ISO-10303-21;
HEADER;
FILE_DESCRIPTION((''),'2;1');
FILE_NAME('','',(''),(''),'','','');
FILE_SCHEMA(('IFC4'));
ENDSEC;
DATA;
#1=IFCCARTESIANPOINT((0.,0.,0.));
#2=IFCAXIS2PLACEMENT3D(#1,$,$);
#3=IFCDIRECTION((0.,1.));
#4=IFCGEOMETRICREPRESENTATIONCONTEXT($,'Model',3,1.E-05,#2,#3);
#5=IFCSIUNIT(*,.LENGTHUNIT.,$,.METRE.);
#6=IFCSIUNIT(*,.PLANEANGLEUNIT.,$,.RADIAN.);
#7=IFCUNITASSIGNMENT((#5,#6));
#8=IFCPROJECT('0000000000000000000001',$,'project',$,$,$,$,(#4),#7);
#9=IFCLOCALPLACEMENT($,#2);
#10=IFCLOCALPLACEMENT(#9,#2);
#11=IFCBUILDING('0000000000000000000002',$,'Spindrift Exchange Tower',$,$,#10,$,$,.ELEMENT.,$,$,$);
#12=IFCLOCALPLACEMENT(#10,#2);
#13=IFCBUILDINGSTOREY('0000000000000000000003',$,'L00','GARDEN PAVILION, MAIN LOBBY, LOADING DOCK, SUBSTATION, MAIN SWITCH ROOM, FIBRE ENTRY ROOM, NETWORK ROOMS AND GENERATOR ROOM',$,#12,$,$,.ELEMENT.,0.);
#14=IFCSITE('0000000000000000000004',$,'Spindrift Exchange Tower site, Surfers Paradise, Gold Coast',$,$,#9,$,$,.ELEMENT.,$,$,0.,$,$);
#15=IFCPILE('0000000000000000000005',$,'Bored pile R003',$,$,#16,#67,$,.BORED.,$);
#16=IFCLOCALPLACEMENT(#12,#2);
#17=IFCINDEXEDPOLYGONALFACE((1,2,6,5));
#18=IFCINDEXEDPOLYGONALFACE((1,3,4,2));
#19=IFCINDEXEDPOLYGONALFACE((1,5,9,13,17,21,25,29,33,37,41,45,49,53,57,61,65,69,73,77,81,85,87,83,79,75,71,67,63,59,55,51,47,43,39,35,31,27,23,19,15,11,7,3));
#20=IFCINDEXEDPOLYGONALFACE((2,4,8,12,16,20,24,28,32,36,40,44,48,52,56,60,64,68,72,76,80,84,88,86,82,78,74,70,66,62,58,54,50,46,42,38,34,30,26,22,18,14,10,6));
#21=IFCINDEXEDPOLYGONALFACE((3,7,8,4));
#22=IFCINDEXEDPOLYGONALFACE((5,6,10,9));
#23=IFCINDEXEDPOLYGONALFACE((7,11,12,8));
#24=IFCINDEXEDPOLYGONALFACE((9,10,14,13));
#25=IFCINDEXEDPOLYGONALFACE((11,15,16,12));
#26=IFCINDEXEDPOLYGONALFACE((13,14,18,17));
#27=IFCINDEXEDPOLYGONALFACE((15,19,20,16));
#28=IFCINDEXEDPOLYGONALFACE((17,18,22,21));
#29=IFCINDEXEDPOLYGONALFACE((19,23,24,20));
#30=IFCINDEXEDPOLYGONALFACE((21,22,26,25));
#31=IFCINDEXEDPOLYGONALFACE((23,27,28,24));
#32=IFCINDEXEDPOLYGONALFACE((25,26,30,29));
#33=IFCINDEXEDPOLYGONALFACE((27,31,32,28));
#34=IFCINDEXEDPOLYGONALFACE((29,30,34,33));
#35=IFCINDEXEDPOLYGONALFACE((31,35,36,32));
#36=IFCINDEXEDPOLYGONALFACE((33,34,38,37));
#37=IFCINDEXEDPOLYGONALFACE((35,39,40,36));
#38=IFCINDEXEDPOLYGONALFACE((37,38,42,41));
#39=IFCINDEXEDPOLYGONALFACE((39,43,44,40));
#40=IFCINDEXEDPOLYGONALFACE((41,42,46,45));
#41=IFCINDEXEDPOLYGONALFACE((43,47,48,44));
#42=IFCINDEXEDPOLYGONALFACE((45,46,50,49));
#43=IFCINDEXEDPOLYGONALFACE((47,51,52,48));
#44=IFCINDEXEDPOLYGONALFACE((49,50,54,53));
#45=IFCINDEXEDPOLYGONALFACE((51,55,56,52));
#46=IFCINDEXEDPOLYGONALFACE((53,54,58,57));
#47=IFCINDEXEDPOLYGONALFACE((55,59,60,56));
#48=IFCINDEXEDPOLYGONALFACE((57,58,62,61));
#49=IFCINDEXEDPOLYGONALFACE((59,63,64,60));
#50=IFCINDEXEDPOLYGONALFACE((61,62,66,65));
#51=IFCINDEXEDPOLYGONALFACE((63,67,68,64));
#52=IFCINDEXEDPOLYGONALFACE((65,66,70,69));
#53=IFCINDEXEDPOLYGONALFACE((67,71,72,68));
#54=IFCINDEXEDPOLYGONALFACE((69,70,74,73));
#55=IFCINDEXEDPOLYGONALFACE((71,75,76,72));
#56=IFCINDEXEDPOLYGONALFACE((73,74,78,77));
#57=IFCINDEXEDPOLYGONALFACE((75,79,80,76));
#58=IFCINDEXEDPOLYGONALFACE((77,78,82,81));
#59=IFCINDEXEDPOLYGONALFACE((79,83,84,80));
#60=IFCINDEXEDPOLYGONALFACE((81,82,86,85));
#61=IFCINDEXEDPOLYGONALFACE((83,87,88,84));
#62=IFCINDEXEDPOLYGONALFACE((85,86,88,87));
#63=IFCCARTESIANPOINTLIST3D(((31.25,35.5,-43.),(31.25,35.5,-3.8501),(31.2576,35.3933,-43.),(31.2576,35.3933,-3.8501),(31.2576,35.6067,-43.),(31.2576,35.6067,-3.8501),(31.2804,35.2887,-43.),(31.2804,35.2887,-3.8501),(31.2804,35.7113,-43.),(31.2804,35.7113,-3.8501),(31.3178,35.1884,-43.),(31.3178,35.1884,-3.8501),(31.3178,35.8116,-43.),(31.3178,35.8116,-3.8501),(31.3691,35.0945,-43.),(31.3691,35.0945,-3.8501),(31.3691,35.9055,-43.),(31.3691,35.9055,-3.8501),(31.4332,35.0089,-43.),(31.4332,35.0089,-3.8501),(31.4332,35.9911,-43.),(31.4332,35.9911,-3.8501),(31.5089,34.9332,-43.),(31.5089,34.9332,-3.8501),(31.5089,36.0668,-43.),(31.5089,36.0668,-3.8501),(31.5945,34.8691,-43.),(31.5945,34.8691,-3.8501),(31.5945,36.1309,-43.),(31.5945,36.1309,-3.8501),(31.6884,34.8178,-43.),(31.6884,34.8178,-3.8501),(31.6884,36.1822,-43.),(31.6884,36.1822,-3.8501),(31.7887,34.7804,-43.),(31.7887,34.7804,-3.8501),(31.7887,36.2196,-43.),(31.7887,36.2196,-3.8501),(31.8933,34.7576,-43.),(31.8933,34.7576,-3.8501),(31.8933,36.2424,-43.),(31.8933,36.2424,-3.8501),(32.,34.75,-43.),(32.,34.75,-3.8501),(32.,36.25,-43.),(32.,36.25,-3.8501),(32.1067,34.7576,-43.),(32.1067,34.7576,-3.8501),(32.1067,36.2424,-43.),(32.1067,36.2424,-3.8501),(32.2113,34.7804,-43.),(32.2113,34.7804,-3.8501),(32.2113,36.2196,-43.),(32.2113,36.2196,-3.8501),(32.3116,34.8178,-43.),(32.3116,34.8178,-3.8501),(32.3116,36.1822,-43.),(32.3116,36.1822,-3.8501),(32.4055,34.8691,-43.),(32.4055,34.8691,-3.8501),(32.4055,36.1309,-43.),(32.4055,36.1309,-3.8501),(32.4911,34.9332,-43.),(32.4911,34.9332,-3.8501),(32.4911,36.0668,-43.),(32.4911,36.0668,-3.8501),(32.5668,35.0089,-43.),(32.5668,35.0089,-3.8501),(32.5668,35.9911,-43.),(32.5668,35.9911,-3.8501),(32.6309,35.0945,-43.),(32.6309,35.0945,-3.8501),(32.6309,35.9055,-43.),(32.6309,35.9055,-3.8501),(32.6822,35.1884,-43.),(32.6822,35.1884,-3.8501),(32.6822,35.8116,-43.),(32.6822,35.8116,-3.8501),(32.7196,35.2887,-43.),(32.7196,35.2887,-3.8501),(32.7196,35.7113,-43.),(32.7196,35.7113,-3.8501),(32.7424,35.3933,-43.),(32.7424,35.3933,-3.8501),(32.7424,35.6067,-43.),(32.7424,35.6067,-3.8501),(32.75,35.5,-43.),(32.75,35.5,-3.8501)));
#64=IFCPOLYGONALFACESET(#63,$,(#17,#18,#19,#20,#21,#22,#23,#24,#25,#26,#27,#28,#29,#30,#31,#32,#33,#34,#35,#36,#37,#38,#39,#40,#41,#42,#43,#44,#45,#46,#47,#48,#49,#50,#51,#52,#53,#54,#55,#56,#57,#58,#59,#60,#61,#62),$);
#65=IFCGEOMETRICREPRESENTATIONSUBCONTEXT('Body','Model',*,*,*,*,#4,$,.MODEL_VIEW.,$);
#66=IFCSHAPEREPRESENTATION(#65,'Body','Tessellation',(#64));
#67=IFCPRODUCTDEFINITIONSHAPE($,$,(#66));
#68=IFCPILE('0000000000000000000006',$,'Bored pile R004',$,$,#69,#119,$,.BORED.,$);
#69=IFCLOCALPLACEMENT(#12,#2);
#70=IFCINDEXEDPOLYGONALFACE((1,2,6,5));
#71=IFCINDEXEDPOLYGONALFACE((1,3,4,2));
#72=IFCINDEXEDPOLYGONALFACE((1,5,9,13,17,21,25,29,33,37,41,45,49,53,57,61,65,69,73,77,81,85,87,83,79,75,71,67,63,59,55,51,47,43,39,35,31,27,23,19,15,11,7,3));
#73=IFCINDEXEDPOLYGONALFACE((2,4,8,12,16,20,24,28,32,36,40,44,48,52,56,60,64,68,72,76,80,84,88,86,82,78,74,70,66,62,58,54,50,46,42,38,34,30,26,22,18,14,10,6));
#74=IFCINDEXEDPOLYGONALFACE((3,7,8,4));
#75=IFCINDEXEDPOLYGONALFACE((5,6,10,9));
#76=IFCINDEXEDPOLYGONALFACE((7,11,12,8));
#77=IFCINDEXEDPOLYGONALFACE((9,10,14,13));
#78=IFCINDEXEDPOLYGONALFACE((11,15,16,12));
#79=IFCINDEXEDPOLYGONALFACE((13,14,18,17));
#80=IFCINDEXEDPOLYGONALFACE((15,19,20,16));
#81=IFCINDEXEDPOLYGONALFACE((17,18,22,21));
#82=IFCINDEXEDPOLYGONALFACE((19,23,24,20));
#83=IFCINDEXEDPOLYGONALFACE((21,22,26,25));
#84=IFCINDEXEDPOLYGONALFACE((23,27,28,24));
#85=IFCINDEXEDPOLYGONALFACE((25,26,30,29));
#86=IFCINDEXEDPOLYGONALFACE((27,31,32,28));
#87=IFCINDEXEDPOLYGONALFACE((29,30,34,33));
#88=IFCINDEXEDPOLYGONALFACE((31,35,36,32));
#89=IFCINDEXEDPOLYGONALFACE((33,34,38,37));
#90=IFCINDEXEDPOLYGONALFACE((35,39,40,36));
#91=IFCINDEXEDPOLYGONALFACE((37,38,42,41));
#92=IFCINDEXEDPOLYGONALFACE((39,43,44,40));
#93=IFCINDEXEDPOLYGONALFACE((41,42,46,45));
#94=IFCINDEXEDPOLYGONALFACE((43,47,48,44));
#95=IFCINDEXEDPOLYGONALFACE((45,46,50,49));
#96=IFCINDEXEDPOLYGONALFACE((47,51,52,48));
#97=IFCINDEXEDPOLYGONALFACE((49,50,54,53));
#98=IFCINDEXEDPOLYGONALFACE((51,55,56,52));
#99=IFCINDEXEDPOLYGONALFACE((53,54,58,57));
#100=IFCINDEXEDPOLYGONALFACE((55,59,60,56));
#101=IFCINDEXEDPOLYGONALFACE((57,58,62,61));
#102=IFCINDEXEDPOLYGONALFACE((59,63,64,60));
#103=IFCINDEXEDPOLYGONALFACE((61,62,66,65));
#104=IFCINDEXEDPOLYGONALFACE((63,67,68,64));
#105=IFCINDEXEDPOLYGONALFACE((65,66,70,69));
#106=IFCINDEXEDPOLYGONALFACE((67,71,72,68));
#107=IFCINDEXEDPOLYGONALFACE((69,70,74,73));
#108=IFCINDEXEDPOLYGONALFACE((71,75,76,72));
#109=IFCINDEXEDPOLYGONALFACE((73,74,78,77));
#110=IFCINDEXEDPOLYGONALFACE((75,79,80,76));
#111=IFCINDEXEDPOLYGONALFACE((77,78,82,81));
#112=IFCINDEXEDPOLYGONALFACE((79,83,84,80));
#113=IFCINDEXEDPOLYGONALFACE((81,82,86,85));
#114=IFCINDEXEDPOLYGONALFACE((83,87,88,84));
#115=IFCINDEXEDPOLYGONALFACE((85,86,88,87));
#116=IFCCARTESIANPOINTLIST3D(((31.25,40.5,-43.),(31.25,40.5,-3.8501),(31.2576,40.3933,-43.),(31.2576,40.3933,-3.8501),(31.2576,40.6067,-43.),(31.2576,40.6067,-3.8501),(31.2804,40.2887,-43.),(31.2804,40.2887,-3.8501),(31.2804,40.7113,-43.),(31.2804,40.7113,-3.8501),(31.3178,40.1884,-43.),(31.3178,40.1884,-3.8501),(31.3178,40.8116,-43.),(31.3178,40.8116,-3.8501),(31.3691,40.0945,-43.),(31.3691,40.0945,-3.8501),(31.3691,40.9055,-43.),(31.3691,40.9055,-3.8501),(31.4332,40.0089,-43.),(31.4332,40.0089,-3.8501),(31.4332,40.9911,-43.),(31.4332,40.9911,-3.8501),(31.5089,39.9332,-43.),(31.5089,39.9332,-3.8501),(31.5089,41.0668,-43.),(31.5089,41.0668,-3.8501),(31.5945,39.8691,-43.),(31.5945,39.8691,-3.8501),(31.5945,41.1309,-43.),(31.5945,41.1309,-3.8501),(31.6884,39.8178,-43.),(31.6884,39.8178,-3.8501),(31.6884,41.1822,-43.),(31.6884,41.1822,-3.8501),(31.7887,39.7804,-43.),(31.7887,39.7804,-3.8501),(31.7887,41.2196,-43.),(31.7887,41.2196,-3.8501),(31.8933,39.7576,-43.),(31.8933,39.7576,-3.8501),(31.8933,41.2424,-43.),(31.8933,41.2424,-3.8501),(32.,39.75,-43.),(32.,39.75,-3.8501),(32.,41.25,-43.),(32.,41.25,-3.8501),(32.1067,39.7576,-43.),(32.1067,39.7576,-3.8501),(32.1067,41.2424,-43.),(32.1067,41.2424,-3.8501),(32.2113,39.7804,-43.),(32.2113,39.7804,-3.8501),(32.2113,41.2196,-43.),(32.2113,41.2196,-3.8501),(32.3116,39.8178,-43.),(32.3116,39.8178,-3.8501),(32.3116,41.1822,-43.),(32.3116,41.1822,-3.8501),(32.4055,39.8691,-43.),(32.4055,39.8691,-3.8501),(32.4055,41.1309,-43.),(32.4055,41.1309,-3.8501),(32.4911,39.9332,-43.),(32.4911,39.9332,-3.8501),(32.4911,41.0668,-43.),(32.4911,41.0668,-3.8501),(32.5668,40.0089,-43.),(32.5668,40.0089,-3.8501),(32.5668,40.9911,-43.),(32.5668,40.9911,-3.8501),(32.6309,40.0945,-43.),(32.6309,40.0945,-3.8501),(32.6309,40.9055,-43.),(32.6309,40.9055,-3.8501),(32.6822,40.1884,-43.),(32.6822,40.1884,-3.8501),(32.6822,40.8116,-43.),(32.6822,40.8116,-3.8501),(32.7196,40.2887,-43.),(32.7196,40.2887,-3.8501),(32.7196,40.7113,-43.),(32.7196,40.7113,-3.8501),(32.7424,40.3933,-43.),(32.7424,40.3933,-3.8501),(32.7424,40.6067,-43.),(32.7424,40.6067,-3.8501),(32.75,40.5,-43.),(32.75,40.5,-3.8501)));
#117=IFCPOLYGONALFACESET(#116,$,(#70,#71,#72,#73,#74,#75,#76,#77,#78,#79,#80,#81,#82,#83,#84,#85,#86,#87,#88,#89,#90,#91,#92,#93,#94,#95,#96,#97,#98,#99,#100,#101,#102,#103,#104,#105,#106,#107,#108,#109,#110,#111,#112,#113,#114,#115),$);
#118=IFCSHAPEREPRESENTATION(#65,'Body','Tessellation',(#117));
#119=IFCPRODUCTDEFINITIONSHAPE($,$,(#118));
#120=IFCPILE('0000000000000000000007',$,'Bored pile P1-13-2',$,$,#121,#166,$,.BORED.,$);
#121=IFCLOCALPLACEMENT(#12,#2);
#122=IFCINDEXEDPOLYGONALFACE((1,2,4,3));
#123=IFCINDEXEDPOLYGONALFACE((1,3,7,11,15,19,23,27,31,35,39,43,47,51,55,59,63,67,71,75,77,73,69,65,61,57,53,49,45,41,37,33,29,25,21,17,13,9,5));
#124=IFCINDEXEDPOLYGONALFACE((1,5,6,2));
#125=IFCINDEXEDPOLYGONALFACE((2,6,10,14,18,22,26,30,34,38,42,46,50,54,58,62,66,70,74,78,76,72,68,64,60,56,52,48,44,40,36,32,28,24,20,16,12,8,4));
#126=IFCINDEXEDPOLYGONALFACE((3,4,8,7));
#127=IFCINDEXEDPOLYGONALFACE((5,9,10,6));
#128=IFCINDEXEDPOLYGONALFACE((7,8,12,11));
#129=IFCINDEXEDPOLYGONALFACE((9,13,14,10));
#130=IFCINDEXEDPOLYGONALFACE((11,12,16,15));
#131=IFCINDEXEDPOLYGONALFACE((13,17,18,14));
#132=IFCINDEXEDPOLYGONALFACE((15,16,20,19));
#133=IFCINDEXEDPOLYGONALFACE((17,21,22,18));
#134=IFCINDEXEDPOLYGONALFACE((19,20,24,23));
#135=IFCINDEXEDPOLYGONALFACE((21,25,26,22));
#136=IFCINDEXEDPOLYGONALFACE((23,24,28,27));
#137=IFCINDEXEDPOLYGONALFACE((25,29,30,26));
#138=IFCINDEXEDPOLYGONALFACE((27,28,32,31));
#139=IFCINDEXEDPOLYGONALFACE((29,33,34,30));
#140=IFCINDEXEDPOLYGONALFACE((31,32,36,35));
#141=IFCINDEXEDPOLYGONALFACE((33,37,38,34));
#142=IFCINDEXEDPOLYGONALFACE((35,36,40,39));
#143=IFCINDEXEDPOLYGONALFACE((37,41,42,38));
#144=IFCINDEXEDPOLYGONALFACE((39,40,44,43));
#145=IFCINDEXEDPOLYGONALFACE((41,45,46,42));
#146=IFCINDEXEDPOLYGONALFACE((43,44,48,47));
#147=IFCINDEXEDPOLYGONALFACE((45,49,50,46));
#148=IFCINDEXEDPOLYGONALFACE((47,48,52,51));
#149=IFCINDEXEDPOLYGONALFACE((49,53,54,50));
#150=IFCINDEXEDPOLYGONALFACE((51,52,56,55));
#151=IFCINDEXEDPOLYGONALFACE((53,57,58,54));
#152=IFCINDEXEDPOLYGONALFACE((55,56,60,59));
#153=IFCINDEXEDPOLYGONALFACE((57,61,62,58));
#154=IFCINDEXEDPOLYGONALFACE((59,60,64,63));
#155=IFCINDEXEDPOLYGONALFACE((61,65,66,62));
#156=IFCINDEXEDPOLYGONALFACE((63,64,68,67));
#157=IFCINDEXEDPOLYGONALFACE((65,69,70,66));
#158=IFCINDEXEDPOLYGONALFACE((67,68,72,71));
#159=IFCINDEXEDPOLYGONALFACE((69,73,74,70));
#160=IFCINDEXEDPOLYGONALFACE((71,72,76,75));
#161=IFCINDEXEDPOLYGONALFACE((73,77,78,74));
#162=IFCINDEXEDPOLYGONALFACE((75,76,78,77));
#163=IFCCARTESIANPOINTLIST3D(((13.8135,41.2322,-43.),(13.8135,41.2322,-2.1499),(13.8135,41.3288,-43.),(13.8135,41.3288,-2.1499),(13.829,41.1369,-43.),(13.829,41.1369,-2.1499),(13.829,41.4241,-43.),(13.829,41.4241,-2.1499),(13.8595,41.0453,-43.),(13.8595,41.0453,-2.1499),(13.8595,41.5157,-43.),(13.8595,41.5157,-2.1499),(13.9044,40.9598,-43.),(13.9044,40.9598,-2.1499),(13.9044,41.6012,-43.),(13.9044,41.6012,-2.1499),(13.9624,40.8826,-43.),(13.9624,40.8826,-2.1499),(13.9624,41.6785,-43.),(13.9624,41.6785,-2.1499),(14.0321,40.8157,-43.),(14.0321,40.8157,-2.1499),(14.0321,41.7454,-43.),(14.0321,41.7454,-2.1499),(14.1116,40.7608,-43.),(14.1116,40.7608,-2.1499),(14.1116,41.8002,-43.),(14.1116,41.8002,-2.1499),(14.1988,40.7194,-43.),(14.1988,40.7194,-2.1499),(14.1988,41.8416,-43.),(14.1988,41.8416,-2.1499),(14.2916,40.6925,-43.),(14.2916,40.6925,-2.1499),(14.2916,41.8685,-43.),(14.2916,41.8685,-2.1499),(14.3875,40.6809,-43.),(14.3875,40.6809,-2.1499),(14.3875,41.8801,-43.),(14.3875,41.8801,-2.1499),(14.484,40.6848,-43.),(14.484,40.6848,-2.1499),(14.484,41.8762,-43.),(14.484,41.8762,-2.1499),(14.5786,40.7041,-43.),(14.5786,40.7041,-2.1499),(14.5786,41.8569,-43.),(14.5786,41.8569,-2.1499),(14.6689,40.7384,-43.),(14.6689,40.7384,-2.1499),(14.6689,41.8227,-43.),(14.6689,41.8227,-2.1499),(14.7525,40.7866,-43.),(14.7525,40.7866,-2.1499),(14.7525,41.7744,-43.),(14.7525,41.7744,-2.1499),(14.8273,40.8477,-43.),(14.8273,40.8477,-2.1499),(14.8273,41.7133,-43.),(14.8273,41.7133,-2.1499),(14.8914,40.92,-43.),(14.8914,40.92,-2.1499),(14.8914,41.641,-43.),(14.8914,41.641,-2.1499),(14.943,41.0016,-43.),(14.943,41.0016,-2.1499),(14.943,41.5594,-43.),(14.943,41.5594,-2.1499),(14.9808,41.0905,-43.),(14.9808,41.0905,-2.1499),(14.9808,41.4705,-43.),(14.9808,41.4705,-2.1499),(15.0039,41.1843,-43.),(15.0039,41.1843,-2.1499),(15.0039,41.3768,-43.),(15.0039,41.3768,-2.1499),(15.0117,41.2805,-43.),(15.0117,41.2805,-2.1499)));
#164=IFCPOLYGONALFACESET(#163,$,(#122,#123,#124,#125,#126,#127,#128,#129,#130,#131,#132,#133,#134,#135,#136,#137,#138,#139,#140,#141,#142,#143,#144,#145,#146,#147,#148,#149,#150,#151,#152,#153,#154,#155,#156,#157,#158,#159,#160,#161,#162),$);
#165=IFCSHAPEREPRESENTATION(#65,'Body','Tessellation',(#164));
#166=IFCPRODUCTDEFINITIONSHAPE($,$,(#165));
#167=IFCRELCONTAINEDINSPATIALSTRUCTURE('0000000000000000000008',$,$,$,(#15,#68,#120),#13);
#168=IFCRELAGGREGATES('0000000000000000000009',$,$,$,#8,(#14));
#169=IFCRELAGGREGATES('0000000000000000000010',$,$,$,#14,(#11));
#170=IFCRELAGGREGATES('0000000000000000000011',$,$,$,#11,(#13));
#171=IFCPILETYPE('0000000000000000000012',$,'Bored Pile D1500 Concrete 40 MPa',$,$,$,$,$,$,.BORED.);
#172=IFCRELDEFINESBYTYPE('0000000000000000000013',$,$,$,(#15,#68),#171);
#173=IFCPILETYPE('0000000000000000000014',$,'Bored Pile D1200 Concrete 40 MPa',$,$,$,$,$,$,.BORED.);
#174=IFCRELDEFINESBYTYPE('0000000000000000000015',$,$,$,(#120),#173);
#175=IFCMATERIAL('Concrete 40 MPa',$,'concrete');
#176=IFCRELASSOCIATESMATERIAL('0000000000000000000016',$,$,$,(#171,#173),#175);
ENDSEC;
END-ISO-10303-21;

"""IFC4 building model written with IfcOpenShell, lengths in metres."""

from ifc_helpers import new_model, si_unit, direction, frame, origin, origin_2d, place, context, subcontext, project, spatial, circle, extrude, source, transform, mapped, material, material_profile, profile_set, type_object, element, save


model = new_model("IFC4")

# Units and contexts
model_context = context("Model", 3, precision=1e-05, world=origin(), true_north=direction((0.0, 1.0)))
body_context = subcontext(model_context, "Body", "Model", "MODEL_VIEW")
ifc_project = project(units=[si_unit("LENGTHUNIT", "METRE"), si_unit("PLANEANGLEUNIT", "RADIAN")], contexts=[model_context])

# Site, building, storey
site_placement = place(None, origin())
site = spatial("IfcSite", under=ifc_project, at=site_placement, Name="Spindrift Exchange Tower site, Surfers Paradise, Gold Coast", CompositionType="ELEMENT", RefElevation=0.0)
building_placement = place(site_placement, origin())
building = spatial("IfcBuilding", under=site, at=building_placement, Name="Spindrift Exchange Tower", CompositionType="ELEMENT")
storey_placement = place(building_placement, origin())
storey = spatial("IfcBuildingStorey", under=building, at=storey_placement, Name="L00", Description="GARDEN PAVILION, MAIN LOBBY, LOADING DOCK, SUBSTATION, MAIN SWITCH ROOM, FIBRE ENTRY ROOM, NETWORK ROOMS AND GENERATOR ROOM", CompositionType="ELEMENT", Elevation=0.0)

# Piles
ifc_material_1 = material(Name="Concrete 40 MPa", Category="concrete")
ifc_material_profile_1 = material_profile(ifc_material_1, circle(Radius=0.75, at=origin_2d()), Name="BP D1500")
ifc_profile_set_1 = profile_set([ifc_material_profile_1], Name="Concrete 40 MPa")
pile_type_1 = type_object("IfcPileType", Name="Bored Pile D1500 Concrete 40 MPa", PredefinedType="BORED", material=ifc_profile_set_1)
shared_shape_1 = source(origin(), body_context, "Body", "SweptSolid", [
    extrude(circle(Radius=0.75, at=origin_2d()), origin(), (0.0, 0.0, 1.0), 39.1499),
])
for number, where, z_axis, x_axis, name in (
    (1, (32.0, 35.5, -3.8501), (0.0, 0.0, -1.0), (1.0, 0.0, 0.0), "Bored pile R003"),
    (2, (32.0, 40.5, -3.8501), (0.0, 0.0, -1.0), (1.0, 0.0, 0.0), "Bored pile R004"),
):
    element("IfcPile", number, at=place(storey_placement, frame(where, z_axis=z_axis, x_axis=x_axis)), inside=storey, type_object=pile_type_1, Name=name, PredefinedType="BORED", context=body_context, shape_type="MappedRepresentation", body=[
        mapped(shared_shape_1, transform((0.0, 0.0, 0.0), scale=1.0)),
    ])
ifc_material_profile_2 = material_profile(ifc_material_1, circle(Radius=0.6001, at=origin_2d()), Name="BP D1200")
ifc_profile_set_2 = profile_set([ifc_material_profile_2], Name="Concrete 40 MPa")
pile_type_2 = type_object("IfcPileType", Name="Bored Pile D1200 Concrete 40 MPa", PredefinedType="BORED", material=ifc_profile_set_2)
shared_shape_2 = source(origin(), body_context, "Body", "SweptSolid", [
    extrude(circle(Radius=0.6001, at=origin_2d()), origin(), (0.0, 0.0, 1.0), 40.8501),
])
for number, where, z_axis, x_axis, name in (
    (3, (14.4116, 41.2805, -2.1499), (0.0, 0.0, -1.0), (1.0, 0.0, 0.0), "Bored pile P1-13-2"),
):
    element("IfcPile", number, at=place(storey_placement, frame(where, z_axis=z_axis, x_axis=x_axis)), inside=storey, type_object=pile_type_2, Name=name, PredefinedType="BORED", context=body_context, shape_type="MappedRepresentation", body=[
        mapped(shared_shape_2, transform((0.0, 0.0, 0.0), scale=1.0)),
    ])

save(model, "model.ifc")
